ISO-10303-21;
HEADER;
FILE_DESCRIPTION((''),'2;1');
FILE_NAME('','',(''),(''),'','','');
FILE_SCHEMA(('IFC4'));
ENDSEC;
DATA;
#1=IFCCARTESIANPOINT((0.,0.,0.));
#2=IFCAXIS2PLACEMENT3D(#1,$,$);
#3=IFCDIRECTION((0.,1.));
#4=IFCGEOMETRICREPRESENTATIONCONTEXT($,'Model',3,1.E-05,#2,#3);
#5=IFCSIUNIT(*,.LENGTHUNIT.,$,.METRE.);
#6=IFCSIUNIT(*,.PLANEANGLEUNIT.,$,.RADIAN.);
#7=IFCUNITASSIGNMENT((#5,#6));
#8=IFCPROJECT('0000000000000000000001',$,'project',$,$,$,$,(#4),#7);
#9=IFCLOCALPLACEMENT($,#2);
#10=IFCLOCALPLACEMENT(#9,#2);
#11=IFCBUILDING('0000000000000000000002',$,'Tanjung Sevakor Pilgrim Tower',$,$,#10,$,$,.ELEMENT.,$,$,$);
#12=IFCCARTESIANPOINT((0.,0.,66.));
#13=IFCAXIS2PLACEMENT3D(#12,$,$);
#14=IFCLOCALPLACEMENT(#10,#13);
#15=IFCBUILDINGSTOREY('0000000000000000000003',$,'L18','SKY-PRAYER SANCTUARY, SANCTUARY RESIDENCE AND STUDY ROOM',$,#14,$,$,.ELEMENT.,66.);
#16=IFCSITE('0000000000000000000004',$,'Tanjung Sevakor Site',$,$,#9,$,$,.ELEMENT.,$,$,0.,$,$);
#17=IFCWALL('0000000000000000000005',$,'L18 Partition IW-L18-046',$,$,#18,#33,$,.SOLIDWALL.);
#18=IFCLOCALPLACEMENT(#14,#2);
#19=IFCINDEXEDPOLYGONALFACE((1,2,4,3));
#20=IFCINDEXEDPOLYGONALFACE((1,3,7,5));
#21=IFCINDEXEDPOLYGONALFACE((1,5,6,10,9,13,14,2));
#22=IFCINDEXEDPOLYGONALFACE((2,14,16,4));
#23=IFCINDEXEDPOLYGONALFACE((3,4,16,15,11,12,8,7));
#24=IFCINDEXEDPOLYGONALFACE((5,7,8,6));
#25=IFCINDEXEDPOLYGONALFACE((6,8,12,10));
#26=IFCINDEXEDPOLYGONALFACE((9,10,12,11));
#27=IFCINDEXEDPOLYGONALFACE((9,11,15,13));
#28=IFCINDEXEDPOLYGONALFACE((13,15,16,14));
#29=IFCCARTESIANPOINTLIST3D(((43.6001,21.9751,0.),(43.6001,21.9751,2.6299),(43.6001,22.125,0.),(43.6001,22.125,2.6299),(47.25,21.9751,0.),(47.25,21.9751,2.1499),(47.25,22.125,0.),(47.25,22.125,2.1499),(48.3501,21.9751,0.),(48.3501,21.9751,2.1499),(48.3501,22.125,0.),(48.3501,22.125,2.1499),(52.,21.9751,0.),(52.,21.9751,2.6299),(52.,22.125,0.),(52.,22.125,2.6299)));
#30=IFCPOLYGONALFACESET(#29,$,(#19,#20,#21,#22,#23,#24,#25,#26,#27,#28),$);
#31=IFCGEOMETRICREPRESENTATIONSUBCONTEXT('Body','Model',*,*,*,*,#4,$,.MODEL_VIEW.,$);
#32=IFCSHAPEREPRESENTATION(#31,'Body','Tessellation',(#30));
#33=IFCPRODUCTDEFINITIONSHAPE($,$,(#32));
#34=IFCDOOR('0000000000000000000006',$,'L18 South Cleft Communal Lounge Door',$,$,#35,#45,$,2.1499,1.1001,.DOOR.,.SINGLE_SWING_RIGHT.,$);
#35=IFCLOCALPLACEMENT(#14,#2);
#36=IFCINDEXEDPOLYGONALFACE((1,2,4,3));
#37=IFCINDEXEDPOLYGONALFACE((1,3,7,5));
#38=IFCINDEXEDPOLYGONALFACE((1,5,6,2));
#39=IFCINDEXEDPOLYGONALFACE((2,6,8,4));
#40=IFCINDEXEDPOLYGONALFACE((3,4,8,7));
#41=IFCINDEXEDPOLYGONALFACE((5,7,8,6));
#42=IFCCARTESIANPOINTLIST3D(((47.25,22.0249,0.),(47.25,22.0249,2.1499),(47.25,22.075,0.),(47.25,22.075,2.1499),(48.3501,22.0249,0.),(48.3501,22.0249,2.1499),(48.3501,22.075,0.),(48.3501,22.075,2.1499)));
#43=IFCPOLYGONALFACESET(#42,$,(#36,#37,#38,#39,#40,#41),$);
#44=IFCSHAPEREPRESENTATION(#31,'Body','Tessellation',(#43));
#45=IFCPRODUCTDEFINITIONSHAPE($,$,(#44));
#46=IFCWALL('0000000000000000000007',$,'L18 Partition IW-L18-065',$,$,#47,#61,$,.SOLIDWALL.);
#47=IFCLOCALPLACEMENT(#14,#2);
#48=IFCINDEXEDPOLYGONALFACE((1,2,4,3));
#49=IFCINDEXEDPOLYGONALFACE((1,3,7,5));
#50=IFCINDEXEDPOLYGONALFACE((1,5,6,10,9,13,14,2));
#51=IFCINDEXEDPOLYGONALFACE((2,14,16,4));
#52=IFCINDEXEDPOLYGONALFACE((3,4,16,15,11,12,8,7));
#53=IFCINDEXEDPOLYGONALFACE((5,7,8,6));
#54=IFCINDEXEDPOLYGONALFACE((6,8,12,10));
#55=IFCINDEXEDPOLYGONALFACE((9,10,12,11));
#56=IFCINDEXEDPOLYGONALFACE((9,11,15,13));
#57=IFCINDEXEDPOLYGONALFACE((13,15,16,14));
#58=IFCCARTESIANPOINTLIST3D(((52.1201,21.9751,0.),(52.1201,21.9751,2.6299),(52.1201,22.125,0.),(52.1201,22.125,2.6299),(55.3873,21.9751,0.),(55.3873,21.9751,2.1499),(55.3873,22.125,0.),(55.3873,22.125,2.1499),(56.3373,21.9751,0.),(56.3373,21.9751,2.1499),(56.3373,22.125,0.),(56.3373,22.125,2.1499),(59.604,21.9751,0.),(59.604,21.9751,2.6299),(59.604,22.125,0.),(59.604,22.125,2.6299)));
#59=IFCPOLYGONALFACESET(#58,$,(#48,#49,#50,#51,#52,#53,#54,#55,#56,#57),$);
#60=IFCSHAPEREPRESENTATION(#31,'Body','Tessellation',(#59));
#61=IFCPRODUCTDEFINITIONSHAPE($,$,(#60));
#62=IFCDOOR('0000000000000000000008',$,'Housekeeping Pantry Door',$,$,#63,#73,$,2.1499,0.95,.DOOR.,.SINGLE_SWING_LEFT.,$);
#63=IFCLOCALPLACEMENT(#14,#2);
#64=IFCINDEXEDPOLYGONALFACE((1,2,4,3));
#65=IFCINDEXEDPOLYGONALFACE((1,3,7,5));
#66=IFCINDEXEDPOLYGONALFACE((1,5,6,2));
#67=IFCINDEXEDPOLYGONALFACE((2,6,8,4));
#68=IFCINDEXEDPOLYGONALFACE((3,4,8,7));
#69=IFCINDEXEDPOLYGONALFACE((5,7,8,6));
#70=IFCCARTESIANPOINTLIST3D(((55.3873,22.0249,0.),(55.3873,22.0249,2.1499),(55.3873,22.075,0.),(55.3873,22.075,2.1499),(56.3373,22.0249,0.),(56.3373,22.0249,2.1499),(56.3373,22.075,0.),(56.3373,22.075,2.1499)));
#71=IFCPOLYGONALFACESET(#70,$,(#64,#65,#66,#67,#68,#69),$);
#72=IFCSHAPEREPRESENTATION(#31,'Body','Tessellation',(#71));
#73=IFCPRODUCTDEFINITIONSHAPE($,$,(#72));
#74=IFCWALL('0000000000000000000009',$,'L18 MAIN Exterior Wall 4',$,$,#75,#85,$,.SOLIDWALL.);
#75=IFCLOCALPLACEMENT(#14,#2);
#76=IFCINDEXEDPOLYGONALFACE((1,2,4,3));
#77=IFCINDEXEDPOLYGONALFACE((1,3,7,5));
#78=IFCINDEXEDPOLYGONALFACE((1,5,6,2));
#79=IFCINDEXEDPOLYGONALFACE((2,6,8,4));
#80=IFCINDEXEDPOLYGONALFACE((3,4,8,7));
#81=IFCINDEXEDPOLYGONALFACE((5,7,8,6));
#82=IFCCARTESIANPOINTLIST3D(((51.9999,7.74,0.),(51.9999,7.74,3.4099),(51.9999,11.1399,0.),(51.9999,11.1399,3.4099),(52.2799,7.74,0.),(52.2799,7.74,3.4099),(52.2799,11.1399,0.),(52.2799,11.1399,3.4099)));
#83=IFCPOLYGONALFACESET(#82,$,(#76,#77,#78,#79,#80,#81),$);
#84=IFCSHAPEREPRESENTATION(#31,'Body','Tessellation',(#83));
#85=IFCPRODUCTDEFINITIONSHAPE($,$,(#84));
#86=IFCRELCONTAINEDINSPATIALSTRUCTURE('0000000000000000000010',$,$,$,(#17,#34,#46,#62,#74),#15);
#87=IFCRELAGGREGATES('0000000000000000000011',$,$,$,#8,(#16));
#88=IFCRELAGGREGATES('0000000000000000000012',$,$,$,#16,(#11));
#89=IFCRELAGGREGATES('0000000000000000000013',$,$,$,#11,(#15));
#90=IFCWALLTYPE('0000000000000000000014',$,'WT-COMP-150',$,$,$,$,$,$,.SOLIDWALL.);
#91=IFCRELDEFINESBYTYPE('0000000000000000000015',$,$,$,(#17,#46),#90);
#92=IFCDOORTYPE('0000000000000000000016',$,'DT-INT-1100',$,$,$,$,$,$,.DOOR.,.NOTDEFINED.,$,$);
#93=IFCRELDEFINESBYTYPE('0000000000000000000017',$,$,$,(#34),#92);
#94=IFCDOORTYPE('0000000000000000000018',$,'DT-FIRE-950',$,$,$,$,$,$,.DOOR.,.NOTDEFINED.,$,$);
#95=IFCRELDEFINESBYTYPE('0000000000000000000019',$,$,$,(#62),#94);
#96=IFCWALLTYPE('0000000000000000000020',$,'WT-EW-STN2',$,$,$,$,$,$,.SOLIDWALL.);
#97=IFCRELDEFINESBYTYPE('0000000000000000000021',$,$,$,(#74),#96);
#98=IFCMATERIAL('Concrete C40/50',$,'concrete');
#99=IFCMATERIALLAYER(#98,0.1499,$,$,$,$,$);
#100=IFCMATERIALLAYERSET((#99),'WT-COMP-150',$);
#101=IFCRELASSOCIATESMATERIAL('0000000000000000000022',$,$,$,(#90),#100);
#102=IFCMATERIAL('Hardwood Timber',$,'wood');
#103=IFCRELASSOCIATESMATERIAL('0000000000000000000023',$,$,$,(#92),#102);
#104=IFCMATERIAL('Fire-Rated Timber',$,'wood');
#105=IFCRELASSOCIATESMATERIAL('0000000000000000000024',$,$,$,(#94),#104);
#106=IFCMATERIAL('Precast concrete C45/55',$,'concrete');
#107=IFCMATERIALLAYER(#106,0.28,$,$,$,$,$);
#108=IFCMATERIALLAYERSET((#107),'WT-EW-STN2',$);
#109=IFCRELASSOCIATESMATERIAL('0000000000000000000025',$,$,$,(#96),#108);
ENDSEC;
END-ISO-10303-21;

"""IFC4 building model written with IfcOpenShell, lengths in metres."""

from ifc_helpers import new_model, si_unit, direction, frame, frame_2d, origin, place, context, subcontext, project, spatial, rectangle, extrude, material, layer, layer_set, type_object, element, fill, save


model = new_model("IFC4")

# Units and contexts
model_context = context("Model", 3, precision=1e-05, world=origin(), true_north=direction((0.0, 1.0)))
body_context = subcontext(model_context, "Body", "Model", "MODEL_VIEW")
ifc_project = project(units=[si_unit("LENGTHUNIT", "METRE"), si_unit("PLANEANGLEUNIT", "RADIAN")], contexts=[model_context])

# Site, building, storey
site_placement = place(None, origin())
site = spatial("IfcSite", under=ifc_project, at=site_placement, Name="Tanjung Sevakor Site", CompositionType="ELEMENT", RefElevation=0.0)
building_placement = place(site_placement, origin())
building = spatial("IfcBuilding", under=site, at=building_placement, Name="Tanjung Sevakor Pilgrim Tower", CompositionType="ELEMENT")
storey_placement = place(building_placement, frame((0.0, 0.0, 66.0)))
storey = spatial("IfcBuildingStorey", under=building, at=storey_placement, Name="L18", Description="SKY-PRAYER SANCTUARY, SANCTUARY RESIDENCE AND STUDY ROOM", CompositionType="ELEMENT", Elevation=66.0)

# Shared definitions
ifc_material_1 = material(Name="Concrete C40/50", Category="concrete")
ifc_layer_1 = layer(ifc_material_1, 0.1499)
ifc_layer_set_1 = layer_set([ifc_layer_1], Name="WT-COMP-150")
wall_type_1 = type_object("IfcWallType", Name="WT-COMP-150", PredefinedType="SOLIDWALL", material=ifc_layer_set_1)

# Walls, openings, doors
wall_1_placement = place(storey_placement, frame((43.6001, 22.05, 0.0), z_axis=(0.0, 0.0, 1.0), x_axis=(1.0, 0.0, 0.0)))
wall_1 = element("IfcWall", 1, at=wall_1_placement, inside=storey, type_object=wall_type_1, Name="L18 Partition IW-L18-046", PredefinedType="SOLIDWALL", context=body_context, shape_type="SweptSolid", body=[
    extrude(rectangle(XDim=8.3999, YDim=0.1499, at=frame_2d((4.2, 0.0))), origin(), (0.0, 0.0, 1.0), 2.6299),
])
opening_1_placement = place(wall_1_placement, frame((3.6499, 0.0, 0.0)))
opening_1 = element("IfcOpeningElement", 2, at=opening_1_placement, cuts=wall_1, PredefinedType="OPENING", context=body_context, shape_type="SweptSolid", body=[
    extrude(rectangle(XDim=1.1001, YDim=2.1499, at=frame_2d((0.55, 1.075))), frame((0.0, 0.085, 0.0), z_axis=(0.0, -1.0, 0.0), x_axis=(1.0, 0.0, 0.0)), (0.0, 0.0, 1.0), 0.1699),
])
ifc_material_2 = material(Name="Hardwood Timber", Category="wood")
door_type_1 = type_object("IfcDoorType", Name="DT-INT-1100", OperationType="NOTDEFINED", PredefinedType="DOOR", material=ifc_material_2)
door_1_placement = place(opening_1_placement, origin())
door_1 = element("IfcDoor", 3, at=door_1_placement, inside=storey, type_object=door_type_1, Name="L18 South Cleft Communal Lounge Door", OperationType="SINGLE_SWING_RIGHT", OverallHeight=2.1499, OverallWidth=1.1001, PredefinedType="DOOR", context=body_context, shape_type="SweptSolid", body=[
    extrude(rectangle(XDim=1.1001, YDim=2.1499, at=frame_2d((0.55, 1.075))), frame((0.0, 0.0249, 0.0), z_axis=(0.0, -1.0, 0.0), x_axis=(1.0, 0.0, 0.0)), (0.0, 0.0, 1.0), 0.05),
])
fill(opening_1, door_1)
wall_2_placement = place(storey_placement, frame((52.1201, 22.05, 0.0), z_axis=(0.0, 0.0, 1.0), x_axis=(1.0, 0.0, 0.0)))
wall_2 = element("IfcWall", 4, at=wall_2_placement, inside=storey, type_object=wall_type_1, Name="L18 Partition IW-L18-065", PredefinedType="SOLIDWALL", context=body_context, shape_type="SweptSolid", body=[
    extrude(rectangle(XDim=7.4839, YDim=0.1499, at=frame_2d((3.7419, 0.0))), origin(), (0.0, 0.0, 1.0), 2.6299),
])
opening_2_placement = place(wall_2_placement, frame((3.2671, 0.0, 0.0)))
opening_2 = element("IfcOpeningElement", 5, at=opening_2_placement, cuts=wall_2, PredefinedType="OPENING", context=body_context, shape_type="SweptSolid", body=[
    extrude(rectangle(XDim=0.95, YDim=2.1499, at=frame_2d((0.4751, 1.075))), frame((0.0, 0.085, 0.0), z_axis=(0.0, -1.0, 0.0), x_axis=(1.0, 0.0, 0.0)), (0.0, 0.0, 1.0), 0.1699),
])
ifc_material_3 = material(Name="Fire-Rated Timber", Category="wood")
door_type_2 = type_object("IfcDoorType", Name="DT-FIRE-950", OperationType="NOTDEFINED", PredefinedType="DOOR", material=ifc_material_3)
door_2_placement = place(opening_2_placement, origin())
door_2 = element("IfcDoor", 6, at=door_2_placement, inside=storey, type_object=door_type_2, Name="Housekeeping Pantry Door", OperationType="SINGLE_SWING_LEFT", OverallHeight=2.1499, OverallWidth=0.95, PredefinedType="DOOR", context=body_context, shape_type="SweptSolid", body=[
    extrude(rectangle(XDim=0.95, YDim=2.1499, at=frame_2d((0.4751, 1.075))), frame((0.0, 0.0249, 0.0), z_axis=(0.0, -1.0, 0.0), x_axis=(1.0, 0.0, 0.0)), (0.0, 0.0, 1.0), 0.05),
])
fill(opening_2, door_2)

# Wall
ifc_material_4 = material(Name="Precast concrete C45/55", Category="concrete")
ifc_layer_2 = layer(ifc_material_4, 0.28)
ifc_layer_set_2 = layer_set([ifc_layer_2], Name="WT-EW-STN2")
wall_type_2 = type_object("IfcWallType", Name="WT-EW-STN2", PredefinedType="SOLIDWALL", material=ifc_layer_set_2)
wall_3_placement = place(storey_placement, frame((52.1399, 11.1399, 0.0), z_axis=(0.0, 0.0, 1.0), x_axis=(0.0, -1.0, 0.0)))
element("IfcWall", 7, at=wall_3_placement, inside=storey, type_object=wall_type_2, Name="L18 MAIN Exterior Wall 4", PredefinedType="SOLIDWALL", context=body_context, shape_type="SweptSolid", body=[
    extrude(rectangle(XDim=3.3999, YDim=0.28, at=frame_2d((1.7, 0.0))), origin(), (0.0, 0.0, 1.0), 3.4099),
])

save(model, "model.ifc")
